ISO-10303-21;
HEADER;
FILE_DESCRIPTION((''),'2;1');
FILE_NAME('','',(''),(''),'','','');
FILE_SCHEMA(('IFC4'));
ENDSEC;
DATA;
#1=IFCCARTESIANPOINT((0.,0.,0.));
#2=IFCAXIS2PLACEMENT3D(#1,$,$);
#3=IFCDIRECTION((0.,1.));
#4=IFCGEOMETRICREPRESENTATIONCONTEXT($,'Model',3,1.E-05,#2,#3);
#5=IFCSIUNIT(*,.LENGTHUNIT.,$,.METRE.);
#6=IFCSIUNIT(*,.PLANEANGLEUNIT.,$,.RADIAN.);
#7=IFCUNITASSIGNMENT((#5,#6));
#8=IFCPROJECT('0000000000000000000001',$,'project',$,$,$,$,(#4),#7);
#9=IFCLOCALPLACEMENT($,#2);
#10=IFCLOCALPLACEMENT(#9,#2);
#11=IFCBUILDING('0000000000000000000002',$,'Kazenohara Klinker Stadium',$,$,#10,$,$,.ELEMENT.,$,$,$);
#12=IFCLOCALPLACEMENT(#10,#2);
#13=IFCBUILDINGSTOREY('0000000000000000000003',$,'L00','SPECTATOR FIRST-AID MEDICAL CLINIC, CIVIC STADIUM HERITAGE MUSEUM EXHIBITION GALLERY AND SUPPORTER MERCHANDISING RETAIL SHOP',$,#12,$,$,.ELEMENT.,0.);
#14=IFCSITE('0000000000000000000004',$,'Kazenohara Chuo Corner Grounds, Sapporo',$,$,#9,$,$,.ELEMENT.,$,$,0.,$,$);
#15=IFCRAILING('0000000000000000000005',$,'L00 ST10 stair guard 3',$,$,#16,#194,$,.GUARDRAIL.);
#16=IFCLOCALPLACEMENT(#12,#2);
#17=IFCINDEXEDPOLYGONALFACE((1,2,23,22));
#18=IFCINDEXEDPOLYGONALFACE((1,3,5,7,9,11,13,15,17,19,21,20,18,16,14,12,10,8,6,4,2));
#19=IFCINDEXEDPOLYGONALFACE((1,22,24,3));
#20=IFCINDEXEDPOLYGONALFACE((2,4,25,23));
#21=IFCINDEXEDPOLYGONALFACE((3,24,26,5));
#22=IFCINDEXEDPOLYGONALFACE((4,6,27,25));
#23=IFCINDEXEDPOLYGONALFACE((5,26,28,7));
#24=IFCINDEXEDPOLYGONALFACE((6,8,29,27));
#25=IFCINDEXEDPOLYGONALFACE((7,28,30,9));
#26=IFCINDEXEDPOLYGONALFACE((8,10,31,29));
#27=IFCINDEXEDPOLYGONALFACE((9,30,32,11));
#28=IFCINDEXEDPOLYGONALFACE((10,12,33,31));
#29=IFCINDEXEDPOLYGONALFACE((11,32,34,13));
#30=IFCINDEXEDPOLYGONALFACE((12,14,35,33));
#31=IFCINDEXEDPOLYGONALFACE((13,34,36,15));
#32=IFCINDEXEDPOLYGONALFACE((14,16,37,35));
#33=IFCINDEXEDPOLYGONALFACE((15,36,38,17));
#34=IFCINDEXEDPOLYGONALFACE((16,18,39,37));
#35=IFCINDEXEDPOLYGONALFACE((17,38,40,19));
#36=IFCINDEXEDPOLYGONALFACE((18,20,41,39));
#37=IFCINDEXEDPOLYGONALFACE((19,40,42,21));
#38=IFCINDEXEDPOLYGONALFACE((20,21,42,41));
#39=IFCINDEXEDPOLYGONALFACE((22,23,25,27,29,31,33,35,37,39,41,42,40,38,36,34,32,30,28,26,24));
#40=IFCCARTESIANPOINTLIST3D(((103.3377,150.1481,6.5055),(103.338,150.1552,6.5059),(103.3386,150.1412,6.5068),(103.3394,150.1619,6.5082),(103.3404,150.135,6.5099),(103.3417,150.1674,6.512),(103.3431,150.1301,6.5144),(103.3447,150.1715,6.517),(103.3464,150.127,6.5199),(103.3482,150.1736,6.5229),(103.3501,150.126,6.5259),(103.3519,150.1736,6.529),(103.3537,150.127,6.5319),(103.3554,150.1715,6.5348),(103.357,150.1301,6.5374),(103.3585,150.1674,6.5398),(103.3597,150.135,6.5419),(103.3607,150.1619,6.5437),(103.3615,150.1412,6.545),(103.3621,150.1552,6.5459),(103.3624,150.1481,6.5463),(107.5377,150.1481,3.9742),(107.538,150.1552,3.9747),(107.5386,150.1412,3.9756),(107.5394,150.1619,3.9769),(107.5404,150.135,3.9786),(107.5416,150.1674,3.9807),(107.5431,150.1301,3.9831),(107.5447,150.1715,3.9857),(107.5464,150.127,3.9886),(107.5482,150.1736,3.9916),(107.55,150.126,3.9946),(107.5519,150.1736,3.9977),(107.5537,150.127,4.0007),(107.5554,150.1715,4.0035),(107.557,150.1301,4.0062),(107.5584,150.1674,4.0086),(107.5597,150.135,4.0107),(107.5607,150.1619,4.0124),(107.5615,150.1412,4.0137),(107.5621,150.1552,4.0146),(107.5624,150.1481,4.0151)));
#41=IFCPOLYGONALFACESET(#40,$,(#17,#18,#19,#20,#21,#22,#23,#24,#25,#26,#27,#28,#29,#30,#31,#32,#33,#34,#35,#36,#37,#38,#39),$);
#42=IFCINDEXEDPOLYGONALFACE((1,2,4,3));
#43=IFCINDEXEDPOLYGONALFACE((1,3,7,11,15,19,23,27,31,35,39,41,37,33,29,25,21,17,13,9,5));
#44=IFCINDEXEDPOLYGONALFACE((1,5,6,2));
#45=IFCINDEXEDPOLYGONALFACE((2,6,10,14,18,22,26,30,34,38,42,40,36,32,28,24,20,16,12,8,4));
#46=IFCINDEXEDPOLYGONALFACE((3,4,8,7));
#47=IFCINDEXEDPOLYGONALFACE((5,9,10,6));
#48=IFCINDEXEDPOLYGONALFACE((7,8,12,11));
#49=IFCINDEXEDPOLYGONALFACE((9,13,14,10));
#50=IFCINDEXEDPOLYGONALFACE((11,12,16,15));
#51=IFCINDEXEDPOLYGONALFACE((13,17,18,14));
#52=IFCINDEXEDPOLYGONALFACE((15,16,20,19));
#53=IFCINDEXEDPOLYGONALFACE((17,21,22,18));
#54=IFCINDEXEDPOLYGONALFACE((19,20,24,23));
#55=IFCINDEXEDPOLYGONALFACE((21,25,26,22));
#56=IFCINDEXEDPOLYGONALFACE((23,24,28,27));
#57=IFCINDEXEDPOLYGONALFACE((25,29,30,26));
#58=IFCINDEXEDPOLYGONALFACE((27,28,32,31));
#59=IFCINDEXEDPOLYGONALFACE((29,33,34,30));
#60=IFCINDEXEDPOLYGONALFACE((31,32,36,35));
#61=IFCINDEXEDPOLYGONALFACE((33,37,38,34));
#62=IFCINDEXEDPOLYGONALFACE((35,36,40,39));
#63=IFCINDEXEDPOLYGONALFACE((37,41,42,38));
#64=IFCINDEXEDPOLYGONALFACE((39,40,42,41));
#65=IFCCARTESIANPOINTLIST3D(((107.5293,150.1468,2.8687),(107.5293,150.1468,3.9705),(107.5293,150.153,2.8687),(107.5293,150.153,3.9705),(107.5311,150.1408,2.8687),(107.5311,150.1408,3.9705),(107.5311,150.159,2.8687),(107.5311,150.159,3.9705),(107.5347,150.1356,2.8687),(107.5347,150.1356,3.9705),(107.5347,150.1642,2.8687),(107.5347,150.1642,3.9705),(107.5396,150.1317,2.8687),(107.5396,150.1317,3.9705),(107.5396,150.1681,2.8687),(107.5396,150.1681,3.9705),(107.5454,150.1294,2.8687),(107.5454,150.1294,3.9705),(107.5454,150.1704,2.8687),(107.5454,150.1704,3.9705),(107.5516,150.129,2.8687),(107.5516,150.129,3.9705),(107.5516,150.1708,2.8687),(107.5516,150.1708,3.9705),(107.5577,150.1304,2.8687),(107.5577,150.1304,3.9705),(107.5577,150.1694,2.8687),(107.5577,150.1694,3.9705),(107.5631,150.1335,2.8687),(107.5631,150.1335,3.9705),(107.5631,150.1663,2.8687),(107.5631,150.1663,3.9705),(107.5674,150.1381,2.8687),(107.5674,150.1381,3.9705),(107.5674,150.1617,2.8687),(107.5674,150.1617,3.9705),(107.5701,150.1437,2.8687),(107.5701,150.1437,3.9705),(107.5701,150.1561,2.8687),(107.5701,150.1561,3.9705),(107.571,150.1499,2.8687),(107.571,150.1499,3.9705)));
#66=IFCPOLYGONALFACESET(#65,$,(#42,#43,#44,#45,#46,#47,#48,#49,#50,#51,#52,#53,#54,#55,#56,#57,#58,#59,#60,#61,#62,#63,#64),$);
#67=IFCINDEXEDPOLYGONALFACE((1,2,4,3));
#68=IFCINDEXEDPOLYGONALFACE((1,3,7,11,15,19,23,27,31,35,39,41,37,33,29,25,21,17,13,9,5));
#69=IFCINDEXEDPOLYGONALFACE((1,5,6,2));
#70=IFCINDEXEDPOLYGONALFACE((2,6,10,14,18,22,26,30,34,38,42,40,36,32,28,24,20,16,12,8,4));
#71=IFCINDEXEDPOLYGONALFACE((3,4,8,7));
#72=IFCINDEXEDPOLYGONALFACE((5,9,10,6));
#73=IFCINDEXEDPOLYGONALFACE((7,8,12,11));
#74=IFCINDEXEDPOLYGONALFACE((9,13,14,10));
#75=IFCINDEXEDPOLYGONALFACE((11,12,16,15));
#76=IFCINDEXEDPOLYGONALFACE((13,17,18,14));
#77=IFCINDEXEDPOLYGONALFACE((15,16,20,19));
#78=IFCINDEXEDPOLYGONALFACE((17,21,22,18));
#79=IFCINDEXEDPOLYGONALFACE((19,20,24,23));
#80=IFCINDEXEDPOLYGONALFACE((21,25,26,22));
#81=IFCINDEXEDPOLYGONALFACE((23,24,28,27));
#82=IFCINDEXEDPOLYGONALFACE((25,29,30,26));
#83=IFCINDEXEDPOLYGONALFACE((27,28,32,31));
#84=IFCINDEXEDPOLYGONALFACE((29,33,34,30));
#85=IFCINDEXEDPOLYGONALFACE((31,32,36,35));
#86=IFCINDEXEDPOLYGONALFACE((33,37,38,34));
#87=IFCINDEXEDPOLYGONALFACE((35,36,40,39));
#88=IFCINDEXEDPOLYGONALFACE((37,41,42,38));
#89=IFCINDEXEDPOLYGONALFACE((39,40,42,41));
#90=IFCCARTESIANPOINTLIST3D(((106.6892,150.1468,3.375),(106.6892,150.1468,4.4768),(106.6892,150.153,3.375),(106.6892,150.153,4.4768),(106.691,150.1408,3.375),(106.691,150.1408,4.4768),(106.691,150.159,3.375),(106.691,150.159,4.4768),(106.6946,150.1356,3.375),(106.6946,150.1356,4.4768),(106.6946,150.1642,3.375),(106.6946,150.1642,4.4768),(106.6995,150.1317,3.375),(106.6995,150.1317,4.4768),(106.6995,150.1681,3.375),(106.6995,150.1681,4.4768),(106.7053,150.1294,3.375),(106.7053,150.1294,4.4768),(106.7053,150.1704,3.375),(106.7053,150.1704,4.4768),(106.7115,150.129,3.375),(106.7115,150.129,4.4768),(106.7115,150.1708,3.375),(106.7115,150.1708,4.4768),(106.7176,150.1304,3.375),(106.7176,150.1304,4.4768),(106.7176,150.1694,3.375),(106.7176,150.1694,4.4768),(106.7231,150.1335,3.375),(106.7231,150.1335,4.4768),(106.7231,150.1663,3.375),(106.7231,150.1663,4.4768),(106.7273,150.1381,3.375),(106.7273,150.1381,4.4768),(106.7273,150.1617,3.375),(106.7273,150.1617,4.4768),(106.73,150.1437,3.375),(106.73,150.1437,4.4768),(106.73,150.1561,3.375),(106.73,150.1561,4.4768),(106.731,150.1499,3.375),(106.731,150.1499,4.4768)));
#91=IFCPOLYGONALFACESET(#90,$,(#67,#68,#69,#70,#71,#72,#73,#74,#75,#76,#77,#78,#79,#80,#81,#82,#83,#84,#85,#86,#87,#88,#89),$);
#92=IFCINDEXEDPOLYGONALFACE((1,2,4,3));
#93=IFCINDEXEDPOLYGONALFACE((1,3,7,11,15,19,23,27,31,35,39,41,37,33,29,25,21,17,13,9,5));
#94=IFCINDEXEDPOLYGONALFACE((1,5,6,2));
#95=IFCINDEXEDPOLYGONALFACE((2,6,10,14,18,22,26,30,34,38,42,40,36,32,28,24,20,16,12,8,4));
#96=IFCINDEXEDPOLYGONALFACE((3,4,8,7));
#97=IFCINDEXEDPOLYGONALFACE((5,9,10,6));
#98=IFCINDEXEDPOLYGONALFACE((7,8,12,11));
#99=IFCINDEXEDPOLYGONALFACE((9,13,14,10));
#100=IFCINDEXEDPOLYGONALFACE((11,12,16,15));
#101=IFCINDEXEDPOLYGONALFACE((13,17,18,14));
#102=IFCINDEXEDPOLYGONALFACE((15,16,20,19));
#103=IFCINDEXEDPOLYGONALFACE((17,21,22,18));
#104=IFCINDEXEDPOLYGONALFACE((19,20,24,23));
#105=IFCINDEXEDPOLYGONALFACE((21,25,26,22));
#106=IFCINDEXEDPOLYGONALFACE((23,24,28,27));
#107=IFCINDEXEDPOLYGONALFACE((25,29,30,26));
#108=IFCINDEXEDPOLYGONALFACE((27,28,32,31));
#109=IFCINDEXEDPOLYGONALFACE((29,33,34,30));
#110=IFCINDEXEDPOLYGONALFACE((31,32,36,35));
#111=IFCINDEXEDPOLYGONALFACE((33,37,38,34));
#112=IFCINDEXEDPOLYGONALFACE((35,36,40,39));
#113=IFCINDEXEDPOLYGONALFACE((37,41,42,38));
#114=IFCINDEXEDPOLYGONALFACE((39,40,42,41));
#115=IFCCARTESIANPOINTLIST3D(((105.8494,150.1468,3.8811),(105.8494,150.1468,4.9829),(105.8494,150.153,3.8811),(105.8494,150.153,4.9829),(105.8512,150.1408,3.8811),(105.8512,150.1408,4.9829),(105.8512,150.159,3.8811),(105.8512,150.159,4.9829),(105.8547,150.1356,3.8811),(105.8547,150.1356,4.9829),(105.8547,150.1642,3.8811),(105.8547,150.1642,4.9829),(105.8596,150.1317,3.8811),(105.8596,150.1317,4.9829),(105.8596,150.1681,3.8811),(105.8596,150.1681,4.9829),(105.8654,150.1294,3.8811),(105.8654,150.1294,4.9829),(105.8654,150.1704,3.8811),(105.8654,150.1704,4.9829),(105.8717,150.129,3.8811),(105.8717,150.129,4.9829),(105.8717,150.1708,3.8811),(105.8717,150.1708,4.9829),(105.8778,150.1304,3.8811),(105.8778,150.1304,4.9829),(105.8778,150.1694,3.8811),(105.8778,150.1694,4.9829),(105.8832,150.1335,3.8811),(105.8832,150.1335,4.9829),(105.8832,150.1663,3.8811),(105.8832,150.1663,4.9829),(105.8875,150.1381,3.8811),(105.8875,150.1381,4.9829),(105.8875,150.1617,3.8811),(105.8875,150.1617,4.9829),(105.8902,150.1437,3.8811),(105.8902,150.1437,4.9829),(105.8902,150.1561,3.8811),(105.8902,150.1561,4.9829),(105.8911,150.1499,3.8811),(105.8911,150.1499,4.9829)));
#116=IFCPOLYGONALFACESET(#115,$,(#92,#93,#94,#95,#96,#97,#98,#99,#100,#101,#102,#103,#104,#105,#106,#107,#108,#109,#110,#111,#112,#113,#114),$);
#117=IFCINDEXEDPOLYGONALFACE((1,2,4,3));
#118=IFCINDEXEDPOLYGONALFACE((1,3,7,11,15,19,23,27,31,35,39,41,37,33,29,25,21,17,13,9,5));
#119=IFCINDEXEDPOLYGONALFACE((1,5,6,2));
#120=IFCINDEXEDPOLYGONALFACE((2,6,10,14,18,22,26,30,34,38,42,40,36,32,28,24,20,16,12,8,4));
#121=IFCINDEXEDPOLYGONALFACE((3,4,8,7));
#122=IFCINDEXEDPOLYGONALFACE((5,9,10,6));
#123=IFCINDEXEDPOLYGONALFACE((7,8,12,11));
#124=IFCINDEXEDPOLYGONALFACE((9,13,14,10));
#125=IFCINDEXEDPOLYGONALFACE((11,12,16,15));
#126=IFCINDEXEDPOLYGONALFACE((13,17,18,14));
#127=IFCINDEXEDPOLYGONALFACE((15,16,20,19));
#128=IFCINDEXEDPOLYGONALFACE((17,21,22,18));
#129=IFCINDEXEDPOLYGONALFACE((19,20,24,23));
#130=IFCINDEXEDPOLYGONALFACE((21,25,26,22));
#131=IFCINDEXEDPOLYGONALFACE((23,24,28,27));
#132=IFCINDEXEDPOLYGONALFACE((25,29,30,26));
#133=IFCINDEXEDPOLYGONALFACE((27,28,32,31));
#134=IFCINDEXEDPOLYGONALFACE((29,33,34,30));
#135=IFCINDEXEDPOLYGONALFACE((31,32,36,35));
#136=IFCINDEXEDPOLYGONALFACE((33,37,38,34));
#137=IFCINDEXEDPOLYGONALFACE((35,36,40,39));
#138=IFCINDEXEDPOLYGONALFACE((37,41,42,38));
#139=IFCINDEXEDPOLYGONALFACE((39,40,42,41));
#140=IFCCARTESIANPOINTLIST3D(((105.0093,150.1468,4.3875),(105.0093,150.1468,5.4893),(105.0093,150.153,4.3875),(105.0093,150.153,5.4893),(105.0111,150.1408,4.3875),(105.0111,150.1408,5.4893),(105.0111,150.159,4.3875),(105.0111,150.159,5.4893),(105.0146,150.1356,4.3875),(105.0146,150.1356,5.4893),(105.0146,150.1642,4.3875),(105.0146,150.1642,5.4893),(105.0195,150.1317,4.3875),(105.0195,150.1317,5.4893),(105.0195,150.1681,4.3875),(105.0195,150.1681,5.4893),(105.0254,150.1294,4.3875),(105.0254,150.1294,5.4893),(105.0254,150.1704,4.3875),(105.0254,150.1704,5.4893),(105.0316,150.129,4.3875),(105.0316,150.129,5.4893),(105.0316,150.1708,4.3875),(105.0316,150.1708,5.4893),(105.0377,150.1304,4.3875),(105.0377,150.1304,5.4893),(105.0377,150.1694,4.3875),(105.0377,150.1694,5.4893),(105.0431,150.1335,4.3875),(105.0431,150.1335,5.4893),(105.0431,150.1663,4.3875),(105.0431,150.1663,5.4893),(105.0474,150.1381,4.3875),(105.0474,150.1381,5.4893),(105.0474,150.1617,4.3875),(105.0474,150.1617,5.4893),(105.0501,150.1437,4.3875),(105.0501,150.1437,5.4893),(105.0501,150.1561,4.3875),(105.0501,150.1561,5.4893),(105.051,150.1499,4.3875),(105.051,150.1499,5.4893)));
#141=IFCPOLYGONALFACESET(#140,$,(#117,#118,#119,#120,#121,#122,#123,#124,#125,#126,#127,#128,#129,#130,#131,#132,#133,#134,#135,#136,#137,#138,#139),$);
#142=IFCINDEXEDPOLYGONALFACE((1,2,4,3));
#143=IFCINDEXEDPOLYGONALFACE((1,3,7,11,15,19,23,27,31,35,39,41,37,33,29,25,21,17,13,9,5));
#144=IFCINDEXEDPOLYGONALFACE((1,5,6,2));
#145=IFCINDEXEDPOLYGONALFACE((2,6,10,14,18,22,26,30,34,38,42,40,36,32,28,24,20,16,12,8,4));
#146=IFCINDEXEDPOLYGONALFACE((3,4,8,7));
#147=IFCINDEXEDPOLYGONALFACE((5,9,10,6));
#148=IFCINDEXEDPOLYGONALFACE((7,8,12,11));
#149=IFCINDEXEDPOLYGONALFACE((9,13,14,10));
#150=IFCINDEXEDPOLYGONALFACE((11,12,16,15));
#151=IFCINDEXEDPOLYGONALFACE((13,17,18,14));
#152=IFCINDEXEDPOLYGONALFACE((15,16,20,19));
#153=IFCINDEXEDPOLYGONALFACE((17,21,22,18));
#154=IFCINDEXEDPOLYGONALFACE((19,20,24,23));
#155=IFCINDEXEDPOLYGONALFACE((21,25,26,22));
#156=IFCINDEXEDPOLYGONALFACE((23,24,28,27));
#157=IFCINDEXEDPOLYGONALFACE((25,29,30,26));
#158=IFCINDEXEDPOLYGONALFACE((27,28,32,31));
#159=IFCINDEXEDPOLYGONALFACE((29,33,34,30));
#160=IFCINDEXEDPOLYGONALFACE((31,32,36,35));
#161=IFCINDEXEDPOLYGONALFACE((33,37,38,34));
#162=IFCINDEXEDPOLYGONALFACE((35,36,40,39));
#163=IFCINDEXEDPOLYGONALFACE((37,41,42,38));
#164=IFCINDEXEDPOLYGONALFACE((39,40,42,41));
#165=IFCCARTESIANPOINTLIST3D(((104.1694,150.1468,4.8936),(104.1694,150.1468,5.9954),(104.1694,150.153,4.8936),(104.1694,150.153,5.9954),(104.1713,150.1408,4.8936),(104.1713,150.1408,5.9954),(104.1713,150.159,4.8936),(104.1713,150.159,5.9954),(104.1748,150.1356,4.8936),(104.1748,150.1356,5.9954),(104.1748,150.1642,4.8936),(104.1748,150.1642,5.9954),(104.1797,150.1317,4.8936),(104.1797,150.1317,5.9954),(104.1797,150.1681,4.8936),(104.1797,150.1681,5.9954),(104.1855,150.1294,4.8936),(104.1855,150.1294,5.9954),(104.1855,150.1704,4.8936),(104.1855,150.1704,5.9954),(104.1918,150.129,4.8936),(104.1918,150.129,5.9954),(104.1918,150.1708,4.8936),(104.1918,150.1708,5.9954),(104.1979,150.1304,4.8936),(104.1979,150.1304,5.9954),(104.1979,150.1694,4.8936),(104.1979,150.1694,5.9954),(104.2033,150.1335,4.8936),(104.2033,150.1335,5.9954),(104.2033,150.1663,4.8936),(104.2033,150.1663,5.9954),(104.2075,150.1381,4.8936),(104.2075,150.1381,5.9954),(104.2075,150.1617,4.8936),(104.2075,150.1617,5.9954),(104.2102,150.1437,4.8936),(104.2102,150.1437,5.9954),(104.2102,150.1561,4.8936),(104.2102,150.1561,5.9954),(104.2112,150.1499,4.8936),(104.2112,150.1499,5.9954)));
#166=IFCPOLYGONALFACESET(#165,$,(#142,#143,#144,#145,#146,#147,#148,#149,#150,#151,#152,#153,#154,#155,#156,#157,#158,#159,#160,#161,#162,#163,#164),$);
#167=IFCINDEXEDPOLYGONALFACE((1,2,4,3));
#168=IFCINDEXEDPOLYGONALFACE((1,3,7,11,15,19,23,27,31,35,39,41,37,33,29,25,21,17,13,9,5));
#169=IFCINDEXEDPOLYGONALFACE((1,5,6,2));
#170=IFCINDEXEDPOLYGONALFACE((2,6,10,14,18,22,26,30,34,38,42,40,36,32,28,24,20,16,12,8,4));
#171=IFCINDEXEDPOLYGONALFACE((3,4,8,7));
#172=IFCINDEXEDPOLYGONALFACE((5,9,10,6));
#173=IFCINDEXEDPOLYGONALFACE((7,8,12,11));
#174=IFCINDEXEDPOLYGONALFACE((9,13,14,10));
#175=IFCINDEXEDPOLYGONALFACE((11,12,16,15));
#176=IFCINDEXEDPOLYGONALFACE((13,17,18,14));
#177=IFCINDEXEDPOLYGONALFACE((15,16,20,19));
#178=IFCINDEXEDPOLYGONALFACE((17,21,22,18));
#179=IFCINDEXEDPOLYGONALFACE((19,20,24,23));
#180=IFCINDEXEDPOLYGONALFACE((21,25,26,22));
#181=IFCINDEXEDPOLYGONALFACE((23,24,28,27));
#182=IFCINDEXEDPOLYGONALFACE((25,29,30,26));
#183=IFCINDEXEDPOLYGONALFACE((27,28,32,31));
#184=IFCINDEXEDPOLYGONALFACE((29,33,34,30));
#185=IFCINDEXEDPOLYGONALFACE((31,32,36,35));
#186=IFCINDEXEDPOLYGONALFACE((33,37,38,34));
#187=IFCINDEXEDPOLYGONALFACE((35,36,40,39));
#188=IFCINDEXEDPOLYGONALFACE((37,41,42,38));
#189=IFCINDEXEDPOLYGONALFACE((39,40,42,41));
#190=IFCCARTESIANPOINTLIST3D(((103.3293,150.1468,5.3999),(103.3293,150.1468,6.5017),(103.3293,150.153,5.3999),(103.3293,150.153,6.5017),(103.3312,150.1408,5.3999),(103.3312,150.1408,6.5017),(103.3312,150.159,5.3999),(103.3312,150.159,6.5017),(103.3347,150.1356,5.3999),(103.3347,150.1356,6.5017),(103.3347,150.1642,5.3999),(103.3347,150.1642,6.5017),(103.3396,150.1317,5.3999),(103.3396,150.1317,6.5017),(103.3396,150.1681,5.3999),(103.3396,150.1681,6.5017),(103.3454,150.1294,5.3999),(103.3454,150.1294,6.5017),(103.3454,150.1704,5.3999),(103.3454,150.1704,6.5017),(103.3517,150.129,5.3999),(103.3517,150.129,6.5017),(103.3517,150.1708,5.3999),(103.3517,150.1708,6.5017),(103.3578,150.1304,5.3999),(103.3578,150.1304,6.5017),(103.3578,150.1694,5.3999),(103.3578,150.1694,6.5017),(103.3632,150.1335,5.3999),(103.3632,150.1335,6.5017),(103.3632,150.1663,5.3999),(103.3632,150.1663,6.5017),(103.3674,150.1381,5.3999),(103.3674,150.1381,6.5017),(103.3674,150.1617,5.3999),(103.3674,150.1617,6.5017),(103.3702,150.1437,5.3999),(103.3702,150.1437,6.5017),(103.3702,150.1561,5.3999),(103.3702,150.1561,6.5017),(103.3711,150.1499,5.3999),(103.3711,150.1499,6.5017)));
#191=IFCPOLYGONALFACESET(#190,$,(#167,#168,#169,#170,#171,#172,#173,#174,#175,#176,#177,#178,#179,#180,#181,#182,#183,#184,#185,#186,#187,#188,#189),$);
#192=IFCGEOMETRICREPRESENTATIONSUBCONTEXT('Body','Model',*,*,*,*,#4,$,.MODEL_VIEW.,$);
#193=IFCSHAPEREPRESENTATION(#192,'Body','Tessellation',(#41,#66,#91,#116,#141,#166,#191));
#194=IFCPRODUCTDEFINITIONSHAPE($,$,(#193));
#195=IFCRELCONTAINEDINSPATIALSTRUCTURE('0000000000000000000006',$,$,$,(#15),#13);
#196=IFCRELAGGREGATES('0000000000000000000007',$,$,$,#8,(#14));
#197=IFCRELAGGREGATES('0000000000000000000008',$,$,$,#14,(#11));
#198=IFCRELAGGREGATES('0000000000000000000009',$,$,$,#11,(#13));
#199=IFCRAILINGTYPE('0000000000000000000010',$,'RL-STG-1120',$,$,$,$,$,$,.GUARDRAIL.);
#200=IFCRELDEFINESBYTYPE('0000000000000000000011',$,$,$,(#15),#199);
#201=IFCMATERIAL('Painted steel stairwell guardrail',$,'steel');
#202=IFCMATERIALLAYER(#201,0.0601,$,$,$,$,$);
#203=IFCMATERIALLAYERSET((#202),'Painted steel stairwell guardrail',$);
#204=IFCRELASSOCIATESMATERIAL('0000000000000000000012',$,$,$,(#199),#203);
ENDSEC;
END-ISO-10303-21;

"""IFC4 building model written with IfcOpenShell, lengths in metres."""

from ifc_helpers import new_model, si_unit, direction, frame, origin, origin_2d, place, context, subcontext, project, spatial, circle, extrude, material, layer, layer_set, type_object, element, save


model = new_model("IFC4")

# Units and contexts
model_context = context("Model", 3, precision=1e-05, world=origin(), true_north=direction((0.0, 1.0)))
body_context = subcontext(model_context, "Body", "Model", "MODEL_VIEW")
ifc_project = project(units=[si_unit("LENGTHUNIT", "METRE"), si_unit("PLANEANGLEUNIT", "RADIAN")], contexts=[model_context])

# Site, building, storey
site_placement = place(None, origin())
site = spatial("IfcSite", under=ifc_project, at=site_placement, Name="Kazenohara Chuo Corner Grounds, Sapporo", CompositionType="ELEMENT", RefElevation=0.0)
building_placement = place(site_placement, origin())
building = spatial("IfcBuilding", under=site, at=building_placement, Name="Kazenohara Klinker Stadium", CompositionType="ELEMENT")
storey_placement = place(building_placement, origin())
storey = spatial("IfcBuildingStorey", under=building, at=storey_placement, Name="L00", Description="SPECTATOR FIRST-AID MEDICAL CLINIC, CIVIC STADIUM HERITAGE MUSEUM EXHIBITION GALLERY AND SUPPORTER MERCHANDISING RETAIL SHOP", CompositionType="ELEMENT", Elevation=0.0)

# Railing
ifc_material_1 = material(Name="Painted steel stairwell guardrail", Category="steel")
ifc_layer_1 = layer(ifc_material_1, 0.0601)
ifc_layer_set_1 = layer_set([ifc_layer_1], Name="Painted steel stairwell guardrail")
railing_type_1 = type_object("IfcRailingType", Name="RL-STG-1120", PredefinedType="GUARDRAIL", material=ifc_layer_set_1)
railing_1_placement = place(storey_placement, frame((107.55, 150.1499, 2.8687)))
element("IfcRailing", 1, at=railing_1_placement, inside=storey, type_object=railing_type_1, Name="L00 ST10 stair guard 3", PredefinedType="GUARDRAIL", context=body_context, shape_type="SweptSolid", body=[
    extrude(circle(Radius=0.0239, at=origin_2d()), frame((0.0, 0.0, 1.126), z_axis=(-0.856476, 0.0, 0.516186), x_axis=(0.0, -1.0, 0.0)), (0.0, 0.0, 1.0), 4.9038),
    extrude(circle(Radius=0.021, at=origin_2d()), origin(), (0.0, 0.0, 1.0), 1.1018),
    extrude(circle(Radius=0.021, at=origin_2d()), frame((-0.8401, 0.0, 0.5063)), (0.0, 0.0, 1.0), 1.1018),
    extrude(circle(Radius=0.021, at=origin_2d()), frame((-1.6799, 0.0, 1.0125)), (0.0, 0.0, 1.0), 1.1018),
    extrude(circle(Radius=0.021, at=origin_2d()), frame((-2.52, 0.0, 1.5188)), (0.0, 0.0, 1.0), 1.1018),
    extrude(circle(Radius=0.021, at=origin_2d()), frame((-3.3599, 0.0, 2.0249)), (0.0, 0.0, 1.0), 1.1018),
    extrude(circle(Radius=0.021, at=origin_2d()), frame((-4.2, 0.0, 2.5312)), (0.0, 0.0, 1.0), 1.1018),
])

save(model, "model.ifc")
